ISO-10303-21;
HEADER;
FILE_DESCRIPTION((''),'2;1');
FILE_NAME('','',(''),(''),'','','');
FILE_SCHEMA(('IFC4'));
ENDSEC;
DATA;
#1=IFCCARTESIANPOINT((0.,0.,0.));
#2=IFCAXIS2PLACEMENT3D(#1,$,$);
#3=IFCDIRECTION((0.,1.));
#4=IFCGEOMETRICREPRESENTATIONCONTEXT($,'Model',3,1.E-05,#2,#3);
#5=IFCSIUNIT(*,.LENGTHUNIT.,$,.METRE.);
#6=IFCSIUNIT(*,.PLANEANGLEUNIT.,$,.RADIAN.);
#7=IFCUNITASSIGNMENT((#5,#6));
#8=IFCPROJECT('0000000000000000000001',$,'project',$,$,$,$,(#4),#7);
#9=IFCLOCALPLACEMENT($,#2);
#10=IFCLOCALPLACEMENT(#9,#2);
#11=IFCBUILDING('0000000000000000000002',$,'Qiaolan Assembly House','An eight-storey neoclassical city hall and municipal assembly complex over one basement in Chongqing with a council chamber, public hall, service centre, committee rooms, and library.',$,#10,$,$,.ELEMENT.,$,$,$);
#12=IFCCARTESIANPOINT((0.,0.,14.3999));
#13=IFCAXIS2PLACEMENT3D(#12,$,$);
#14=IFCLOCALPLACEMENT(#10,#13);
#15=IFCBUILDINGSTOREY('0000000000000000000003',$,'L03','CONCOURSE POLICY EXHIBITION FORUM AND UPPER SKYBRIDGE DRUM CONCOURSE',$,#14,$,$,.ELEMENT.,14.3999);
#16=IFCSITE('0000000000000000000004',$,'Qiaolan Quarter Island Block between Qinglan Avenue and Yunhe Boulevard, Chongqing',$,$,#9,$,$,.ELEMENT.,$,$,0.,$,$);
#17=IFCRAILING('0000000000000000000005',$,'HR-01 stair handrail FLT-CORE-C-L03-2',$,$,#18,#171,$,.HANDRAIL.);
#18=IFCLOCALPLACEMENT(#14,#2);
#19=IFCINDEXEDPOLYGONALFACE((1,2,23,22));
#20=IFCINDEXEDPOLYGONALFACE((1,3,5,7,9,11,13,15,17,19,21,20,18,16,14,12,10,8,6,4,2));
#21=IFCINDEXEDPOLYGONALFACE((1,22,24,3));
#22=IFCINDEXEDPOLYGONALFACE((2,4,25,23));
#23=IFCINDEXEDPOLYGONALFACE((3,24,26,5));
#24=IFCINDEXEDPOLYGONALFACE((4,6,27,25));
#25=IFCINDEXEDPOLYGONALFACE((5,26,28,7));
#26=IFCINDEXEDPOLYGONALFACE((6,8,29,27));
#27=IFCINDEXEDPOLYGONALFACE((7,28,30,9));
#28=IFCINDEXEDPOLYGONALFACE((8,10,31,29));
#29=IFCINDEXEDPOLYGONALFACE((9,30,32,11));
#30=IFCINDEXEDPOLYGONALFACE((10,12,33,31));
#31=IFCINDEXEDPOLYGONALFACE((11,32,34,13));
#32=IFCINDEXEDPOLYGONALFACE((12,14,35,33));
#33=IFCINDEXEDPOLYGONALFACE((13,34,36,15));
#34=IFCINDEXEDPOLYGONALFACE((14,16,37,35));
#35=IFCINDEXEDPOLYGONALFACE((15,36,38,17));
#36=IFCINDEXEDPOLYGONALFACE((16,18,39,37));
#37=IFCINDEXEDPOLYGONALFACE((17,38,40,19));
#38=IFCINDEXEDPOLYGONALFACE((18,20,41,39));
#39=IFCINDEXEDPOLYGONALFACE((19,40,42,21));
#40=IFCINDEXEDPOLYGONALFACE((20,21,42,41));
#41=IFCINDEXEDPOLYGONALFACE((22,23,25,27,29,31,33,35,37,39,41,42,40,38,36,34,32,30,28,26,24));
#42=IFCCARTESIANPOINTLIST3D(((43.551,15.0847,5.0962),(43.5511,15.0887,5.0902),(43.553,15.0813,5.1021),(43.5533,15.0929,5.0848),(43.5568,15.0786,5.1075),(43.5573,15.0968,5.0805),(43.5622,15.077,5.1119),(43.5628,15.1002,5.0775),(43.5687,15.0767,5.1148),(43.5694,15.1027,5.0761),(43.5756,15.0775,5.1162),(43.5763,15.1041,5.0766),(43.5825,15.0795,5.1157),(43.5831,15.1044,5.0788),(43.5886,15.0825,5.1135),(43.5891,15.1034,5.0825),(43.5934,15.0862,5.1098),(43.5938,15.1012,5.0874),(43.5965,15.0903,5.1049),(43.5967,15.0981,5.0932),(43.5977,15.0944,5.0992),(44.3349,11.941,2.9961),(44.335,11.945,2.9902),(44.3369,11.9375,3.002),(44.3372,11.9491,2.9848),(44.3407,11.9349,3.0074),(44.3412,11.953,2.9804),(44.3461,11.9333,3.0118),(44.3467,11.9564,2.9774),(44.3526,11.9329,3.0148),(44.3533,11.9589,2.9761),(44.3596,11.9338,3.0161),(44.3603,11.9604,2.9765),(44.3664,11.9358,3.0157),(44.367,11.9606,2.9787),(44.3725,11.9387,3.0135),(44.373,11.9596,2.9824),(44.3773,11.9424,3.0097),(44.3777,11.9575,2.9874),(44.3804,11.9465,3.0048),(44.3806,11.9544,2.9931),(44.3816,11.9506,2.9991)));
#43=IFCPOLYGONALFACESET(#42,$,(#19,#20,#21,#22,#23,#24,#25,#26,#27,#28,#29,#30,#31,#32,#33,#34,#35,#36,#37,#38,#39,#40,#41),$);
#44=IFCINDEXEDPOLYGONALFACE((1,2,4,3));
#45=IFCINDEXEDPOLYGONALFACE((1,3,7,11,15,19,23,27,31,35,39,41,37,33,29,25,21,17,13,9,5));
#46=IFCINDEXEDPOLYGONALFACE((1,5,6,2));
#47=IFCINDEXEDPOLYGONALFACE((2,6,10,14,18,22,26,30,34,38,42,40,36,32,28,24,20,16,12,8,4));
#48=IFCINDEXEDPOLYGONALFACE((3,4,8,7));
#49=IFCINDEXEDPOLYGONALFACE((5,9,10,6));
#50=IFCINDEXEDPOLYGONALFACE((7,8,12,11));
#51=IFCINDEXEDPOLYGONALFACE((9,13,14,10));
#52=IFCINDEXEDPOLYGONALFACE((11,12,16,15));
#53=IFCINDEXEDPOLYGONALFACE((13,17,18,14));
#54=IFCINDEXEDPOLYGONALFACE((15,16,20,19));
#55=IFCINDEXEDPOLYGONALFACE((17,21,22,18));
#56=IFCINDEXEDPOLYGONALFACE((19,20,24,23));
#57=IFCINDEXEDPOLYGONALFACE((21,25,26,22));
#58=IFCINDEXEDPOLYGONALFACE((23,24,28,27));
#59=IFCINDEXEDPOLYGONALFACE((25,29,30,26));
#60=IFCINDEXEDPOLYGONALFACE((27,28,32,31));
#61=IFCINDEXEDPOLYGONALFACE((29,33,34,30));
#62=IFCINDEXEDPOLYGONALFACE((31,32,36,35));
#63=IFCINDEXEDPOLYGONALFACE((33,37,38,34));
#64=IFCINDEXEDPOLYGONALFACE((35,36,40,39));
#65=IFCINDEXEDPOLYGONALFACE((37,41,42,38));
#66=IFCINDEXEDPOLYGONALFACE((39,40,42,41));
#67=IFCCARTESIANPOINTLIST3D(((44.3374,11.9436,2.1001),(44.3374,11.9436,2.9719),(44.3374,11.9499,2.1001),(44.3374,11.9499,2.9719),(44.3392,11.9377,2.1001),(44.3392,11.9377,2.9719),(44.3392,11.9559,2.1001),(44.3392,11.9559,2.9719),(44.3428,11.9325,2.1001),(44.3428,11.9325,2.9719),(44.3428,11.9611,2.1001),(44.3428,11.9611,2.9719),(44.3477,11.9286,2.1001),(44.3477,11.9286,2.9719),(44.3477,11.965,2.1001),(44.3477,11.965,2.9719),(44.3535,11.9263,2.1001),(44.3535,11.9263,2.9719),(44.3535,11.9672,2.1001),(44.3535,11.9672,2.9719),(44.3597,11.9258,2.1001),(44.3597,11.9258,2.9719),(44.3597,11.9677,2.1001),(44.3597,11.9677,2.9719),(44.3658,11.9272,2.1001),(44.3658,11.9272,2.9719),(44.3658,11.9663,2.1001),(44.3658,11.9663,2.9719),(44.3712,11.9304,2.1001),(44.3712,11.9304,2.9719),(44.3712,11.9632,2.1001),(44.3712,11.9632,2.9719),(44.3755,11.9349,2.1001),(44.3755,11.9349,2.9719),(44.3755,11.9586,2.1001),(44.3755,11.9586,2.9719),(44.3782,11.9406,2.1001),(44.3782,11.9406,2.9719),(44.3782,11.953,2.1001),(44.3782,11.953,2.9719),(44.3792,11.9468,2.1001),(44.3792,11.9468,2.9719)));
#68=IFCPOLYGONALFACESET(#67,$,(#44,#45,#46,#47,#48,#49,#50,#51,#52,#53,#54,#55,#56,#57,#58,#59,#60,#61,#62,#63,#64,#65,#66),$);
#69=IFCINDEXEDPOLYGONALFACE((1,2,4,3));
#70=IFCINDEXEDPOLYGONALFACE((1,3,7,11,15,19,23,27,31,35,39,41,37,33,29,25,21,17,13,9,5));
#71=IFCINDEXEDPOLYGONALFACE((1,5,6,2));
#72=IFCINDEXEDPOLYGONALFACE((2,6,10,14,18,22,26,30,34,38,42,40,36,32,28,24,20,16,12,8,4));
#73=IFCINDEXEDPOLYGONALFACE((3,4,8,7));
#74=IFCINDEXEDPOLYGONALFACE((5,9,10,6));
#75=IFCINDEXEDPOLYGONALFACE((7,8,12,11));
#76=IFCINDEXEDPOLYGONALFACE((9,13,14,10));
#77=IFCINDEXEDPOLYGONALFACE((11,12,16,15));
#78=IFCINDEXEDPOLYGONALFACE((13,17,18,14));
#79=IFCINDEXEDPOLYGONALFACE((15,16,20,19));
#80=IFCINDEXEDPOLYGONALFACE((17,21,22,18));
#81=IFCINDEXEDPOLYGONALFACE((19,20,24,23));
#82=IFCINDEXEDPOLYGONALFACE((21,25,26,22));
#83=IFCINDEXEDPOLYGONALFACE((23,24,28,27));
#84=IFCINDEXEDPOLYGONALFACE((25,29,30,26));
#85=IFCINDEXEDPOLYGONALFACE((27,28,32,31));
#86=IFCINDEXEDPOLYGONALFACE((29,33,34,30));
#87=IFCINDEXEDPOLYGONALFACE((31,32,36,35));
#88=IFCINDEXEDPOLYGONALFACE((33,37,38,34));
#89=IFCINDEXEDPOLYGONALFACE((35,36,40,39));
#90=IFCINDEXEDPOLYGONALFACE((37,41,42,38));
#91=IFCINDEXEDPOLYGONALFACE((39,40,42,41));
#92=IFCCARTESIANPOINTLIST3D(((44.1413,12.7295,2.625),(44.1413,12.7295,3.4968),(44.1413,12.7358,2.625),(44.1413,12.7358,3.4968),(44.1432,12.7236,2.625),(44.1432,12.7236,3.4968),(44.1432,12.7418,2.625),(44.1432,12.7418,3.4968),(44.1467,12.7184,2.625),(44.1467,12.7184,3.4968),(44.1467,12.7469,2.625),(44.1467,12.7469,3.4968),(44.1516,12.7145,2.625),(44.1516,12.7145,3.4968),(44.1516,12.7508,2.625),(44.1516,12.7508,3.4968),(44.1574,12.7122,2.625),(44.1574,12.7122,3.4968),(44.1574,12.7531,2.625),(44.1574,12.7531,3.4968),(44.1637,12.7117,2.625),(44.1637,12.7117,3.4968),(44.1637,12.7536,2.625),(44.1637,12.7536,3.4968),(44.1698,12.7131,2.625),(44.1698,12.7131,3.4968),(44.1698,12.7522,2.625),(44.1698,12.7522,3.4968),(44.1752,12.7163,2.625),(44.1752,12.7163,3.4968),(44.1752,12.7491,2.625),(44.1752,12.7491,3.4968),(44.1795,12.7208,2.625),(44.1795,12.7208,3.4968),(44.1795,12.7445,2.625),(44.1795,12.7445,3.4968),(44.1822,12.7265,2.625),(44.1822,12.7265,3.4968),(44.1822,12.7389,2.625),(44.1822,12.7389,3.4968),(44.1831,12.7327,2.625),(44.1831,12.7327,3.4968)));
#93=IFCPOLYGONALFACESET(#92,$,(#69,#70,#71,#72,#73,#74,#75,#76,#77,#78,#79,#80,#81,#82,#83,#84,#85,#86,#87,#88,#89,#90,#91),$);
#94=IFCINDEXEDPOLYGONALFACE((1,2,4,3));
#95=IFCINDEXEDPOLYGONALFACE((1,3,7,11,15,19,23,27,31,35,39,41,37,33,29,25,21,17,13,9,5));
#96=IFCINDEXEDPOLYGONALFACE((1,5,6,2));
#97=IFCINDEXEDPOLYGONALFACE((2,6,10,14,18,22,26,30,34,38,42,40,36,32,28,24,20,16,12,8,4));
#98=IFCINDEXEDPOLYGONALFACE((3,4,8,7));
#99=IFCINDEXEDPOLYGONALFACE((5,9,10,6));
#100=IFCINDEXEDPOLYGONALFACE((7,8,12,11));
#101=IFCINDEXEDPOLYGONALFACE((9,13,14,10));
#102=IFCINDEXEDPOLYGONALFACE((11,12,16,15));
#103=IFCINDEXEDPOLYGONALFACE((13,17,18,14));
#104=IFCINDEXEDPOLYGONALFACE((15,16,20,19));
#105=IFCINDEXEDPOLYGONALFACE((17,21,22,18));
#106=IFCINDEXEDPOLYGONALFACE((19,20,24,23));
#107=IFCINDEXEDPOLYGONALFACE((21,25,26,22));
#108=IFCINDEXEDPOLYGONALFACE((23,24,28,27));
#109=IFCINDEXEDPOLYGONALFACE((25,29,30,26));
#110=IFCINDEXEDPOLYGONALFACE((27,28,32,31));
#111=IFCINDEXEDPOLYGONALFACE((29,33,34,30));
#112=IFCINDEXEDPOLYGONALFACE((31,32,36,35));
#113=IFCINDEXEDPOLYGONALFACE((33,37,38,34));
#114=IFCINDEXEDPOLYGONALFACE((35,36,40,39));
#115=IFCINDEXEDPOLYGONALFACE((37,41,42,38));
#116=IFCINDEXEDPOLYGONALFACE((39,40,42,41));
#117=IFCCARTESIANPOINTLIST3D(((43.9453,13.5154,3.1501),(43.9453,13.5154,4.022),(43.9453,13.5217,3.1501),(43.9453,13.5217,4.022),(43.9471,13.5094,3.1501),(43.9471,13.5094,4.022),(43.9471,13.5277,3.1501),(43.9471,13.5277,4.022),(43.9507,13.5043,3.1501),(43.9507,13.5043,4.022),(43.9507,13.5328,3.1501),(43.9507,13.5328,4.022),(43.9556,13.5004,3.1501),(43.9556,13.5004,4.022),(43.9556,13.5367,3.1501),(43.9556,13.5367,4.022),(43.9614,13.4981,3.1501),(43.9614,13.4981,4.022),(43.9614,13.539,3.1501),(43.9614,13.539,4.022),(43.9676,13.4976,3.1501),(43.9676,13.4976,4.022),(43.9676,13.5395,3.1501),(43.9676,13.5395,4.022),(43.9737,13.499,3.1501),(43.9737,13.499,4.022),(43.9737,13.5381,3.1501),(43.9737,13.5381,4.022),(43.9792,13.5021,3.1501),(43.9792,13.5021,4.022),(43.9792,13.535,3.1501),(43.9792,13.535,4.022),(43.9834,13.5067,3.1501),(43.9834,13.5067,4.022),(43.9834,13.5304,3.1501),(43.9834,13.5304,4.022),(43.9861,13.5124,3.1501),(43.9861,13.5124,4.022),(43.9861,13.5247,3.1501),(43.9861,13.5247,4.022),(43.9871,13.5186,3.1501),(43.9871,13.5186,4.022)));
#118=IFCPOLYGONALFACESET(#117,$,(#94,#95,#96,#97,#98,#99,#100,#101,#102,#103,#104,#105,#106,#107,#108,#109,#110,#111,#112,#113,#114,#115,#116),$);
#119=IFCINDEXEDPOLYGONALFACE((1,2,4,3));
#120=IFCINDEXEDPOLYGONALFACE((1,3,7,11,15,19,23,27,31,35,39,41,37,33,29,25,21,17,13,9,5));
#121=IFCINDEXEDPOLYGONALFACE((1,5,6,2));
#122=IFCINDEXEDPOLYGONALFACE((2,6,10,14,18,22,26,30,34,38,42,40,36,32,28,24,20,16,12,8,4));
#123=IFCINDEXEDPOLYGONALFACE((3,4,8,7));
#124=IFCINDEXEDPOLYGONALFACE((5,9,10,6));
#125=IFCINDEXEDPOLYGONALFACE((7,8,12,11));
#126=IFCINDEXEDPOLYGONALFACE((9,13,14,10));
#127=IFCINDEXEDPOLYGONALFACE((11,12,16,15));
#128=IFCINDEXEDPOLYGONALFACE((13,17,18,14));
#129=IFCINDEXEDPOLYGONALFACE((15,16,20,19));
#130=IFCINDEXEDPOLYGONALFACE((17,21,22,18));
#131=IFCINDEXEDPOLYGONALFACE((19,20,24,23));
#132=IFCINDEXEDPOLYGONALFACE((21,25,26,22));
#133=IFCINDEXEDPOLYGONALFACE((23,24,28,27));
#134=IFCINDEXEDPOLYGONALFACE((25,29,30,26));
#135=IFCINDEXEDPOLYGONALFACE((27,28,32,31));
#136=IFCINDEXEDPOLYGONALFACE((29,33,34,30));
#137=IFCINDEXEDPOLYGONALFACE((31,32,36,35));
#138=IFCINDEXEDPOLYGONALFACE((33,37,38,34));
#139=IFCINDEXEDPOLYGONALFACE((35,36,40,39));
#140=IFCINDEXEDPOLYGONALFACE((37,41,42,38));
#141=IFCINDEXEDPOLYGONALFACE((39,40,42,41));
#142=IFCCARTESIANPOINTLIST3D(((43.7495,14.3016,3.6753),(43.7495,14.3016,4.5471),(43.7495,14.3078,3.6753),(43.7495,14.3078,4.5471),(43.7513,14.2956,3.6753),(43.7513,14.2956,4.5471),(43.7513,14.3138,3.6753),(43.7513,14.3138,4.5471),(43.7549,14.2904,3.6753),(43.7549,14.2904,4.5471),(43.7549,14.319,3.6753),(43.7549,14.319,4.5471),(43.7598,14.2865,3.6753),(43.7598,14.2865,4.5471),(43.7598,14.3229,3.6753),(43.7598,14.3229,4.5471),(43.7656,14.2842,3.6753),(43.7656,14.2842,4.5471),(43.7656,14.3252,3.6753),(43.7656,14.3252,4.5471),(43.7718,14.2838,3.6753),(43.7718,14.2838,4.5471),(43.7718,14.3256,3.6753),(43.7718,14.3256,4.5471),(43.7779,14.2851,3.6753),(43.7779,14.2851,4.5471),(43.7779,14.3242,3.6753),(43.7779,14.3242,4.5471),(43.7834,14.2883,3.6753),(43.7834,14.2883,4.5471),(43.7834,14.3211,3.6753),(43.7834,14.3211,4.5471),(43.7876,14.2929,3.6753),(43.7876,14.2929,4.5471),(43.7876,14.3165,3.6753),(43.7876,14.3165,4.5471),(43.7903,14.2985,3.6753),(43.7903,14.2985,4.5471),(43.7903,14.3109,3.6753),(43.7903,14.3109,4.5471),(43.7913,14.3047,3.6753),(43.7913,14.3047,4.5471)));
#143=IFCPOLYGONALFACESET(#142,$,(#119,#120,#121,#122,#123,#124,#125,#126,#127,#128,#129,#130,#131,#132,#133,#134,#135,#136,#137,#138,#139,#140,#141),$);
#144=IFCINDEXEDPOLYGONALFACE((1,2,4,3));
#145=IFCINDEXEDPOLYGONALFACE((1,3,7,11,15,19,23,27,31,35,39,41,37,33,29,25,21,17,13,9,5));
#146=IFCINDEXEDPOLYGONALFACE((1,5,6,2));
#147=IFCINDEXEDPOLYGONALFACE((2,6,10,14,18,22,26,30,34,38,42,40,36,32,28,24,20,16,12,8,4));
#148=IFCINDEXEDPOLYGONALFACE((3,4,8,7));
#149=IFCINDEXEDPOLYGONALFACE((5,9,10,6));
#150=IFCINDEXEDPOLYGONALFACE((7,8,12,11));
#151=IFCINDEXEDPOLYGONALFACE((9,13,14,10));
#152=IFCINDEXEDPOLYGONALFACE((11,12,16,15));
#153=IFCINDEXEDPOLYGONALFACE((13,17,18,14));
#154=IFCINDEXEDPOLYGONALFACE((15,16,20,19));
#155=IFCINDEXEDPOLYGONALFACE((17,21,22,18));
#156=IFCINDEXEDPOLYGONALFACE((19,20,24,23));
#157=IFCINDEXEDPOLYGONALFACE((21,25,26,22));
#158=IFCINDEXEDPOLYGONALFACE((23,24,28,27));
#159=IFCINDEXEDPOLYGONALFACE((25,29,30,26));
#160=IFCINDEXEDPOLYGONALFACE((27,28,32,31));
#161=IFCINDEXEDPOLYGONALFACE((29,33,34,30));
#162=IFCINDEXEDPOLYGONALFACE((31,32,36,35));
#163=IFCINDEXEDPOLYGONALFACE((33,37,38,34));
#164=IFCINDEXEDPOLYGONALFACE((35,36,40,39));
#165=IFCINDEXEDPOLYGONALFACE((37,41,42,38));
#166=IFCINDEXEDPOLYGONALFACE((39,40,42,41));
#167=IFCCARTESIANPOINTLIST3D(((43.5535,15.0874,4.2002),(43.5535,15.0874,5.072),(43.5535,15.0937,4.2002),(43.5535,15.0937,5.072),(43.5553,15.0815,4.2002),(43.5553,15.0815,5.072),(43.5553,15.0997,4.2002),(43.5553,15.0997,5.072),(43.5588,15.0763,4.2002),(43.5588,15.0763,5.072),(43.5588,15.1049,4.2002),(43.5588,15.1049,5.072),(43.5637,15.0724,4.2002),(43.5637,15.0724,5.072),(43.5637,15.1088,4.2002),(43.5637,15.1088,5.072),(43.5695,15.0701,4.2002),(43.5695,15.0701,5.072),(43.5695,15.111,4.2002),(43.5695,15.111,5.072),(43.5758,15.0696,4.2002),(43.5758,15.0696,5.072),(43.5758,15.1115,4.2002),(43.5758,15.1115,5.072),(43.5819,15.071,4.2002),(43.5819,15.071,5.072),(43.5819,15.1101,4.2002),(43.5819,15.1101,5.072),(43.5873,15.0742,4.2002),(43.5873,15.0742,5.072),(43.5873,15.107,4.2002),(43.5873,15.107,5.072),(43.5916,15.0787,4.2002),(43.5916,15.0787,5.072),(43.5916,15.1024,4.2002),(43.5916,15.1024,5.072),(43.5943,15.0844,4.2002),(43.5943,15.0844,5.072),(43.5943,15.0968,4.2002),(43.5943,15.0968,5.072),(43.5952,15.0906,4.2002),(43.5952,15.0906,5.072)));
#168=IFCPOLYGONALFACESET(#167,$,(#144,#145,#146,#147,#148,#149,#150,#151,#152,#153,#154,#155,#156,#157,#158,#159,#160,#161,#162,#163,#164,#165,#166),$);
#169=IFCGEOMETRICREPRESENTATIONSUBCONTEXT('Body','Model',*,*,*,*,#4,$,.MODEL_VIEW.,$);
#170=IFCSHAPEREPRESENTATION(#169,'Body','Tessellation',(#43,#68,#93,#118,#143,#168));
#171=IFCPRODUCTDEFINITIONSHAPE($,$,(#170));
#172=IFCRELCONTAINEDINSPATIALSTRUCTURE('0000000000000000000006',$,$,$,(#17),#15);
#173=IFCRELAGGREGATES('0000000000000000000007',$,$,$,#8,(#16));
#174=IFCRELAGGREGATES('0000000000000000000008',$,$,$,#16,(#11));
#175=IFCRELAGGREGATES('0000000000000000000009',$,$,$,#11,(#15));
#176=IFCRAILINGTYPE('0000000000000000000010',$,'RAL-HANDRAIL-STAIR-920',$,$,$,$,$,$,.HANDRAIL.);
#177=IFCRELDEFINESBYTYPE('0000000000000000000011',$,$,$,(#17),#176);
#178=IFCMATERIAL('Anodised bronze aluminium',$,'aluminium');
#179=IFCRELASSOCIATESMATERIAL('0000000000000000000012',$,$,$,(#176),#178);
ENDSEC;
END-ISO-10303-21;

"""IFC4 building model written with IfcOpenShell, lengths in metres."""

from ifc_helpers import new_model, si_unit, direction, frame, origin, origin_2d, place, context, subcontext, project, spatial, circle, extrude, material, type_object, element, save


model = new_model("IFC4")

# Units and contexts
model_context = context("Model", 3, precision=1e-05, world=origin(), true_north=direction((0.0, 1.0)))
body_context = subcontext(model_context, "Body", "Model", "MODEL_VIEW")
ifc_project = project(units=[si_unit("LENGTHUNIT", "METRE"), si_unit("PLANEANGLEUNIT", "RADIAN")], contexts=[model_context])

# Site, building, storey
site_placement = place(None, origin())
site = spatial("IfcSite", under=ifc_project, at=site_placement, Name="Qiaolan Quarter Island Block between Qinglan Avenue and Yunhe Boulevard, Chongqing", CompositionType="ELEMENT", RefElevation=0.0)
building_placement = place(site_placement, origin())
building = spatial("IfcBuilding", under=site, at=building_placement, Name="Qiaolan Assembly House", Description="An eight-storey neoclassical city hall and municipal assembly complex over one basement in Chongqing with a council chamber, public hall, service centre, committee rooms, and library.", CompositionType="ELEMENT")
storey_placement = place(building_placement, frame((0.0, 0.0, 14.3999)))
storey = spatial("IfcBuildingStorey", under=building, at=storey_placement, Name="L03", Description="CONCOURSE POLICY EXHIBITION FORUM AND UPPER SKYBRIDGE DRUM CONCOURSE", CompositionType="ELEMENT", Elevation=14.3999)

# Shared definitions
ifc_material_1 = material(Name="Anodised bronze aluminium", Category="aluminium")

# Railing
railing_type_1 = type_object("IfcRailingType", Name="RAL-HANDRAIL-STAIR-920", PredefinedType="HANDRAIL", material=ifc_material_1)
railing_1_placement = place(storey_placement, frame((44.3582, 11.9468, 2.1001)))
element("IfcRailing", 1, at=railing_1_placement, inside=storey, type_object=railing_type_1, Name="HR-01 stair handrail FLT-CORE-C-L03-2", PredefinedType="HANDRAIL", context=body_context, shape_type="SweptSolid", body=[
    extrude(circle(Radius=0.0239, at=origin_2d()), frame((0.0, 0.0, 0.896), z_axis=(-0.203032, 0.814214, 0.543905), x_axis=(-0.970289, -0.241951, 0.0)), (0.0, 0.0, 1.0), 3.8611),
    extrude(circle(Radius=0.021, at=origin_2d()), origin(), (0.0, 0.0, 1.0), 0.8718),
    extrude(circle(Radius=0.021, at=origin_2d()), frame((-0.196, 0.7859, 0.5249)), (0.0, 0.0, 1.0), 0.8718),
    extrude(circle(Radius=0.021, at=origin_2d()), frame((-0.3921, 1.5718, 1.05)), (0.0, 0.0, 1.0), 0.8718),
    extrude(circle(Radius=0.021, at=origin_2d()), frame((-0.5879, 2.3579, 1.5752)), (0.0, 0.0, 1.0), 0.8718),
    extrude(circle(Radius=0.021, at=origin_2d()), frame((-0.7839, 3.1438, 2.1001)), (0.0, 0.0, 1.0), 0.8718),
])

save(model, "model.ifc")
